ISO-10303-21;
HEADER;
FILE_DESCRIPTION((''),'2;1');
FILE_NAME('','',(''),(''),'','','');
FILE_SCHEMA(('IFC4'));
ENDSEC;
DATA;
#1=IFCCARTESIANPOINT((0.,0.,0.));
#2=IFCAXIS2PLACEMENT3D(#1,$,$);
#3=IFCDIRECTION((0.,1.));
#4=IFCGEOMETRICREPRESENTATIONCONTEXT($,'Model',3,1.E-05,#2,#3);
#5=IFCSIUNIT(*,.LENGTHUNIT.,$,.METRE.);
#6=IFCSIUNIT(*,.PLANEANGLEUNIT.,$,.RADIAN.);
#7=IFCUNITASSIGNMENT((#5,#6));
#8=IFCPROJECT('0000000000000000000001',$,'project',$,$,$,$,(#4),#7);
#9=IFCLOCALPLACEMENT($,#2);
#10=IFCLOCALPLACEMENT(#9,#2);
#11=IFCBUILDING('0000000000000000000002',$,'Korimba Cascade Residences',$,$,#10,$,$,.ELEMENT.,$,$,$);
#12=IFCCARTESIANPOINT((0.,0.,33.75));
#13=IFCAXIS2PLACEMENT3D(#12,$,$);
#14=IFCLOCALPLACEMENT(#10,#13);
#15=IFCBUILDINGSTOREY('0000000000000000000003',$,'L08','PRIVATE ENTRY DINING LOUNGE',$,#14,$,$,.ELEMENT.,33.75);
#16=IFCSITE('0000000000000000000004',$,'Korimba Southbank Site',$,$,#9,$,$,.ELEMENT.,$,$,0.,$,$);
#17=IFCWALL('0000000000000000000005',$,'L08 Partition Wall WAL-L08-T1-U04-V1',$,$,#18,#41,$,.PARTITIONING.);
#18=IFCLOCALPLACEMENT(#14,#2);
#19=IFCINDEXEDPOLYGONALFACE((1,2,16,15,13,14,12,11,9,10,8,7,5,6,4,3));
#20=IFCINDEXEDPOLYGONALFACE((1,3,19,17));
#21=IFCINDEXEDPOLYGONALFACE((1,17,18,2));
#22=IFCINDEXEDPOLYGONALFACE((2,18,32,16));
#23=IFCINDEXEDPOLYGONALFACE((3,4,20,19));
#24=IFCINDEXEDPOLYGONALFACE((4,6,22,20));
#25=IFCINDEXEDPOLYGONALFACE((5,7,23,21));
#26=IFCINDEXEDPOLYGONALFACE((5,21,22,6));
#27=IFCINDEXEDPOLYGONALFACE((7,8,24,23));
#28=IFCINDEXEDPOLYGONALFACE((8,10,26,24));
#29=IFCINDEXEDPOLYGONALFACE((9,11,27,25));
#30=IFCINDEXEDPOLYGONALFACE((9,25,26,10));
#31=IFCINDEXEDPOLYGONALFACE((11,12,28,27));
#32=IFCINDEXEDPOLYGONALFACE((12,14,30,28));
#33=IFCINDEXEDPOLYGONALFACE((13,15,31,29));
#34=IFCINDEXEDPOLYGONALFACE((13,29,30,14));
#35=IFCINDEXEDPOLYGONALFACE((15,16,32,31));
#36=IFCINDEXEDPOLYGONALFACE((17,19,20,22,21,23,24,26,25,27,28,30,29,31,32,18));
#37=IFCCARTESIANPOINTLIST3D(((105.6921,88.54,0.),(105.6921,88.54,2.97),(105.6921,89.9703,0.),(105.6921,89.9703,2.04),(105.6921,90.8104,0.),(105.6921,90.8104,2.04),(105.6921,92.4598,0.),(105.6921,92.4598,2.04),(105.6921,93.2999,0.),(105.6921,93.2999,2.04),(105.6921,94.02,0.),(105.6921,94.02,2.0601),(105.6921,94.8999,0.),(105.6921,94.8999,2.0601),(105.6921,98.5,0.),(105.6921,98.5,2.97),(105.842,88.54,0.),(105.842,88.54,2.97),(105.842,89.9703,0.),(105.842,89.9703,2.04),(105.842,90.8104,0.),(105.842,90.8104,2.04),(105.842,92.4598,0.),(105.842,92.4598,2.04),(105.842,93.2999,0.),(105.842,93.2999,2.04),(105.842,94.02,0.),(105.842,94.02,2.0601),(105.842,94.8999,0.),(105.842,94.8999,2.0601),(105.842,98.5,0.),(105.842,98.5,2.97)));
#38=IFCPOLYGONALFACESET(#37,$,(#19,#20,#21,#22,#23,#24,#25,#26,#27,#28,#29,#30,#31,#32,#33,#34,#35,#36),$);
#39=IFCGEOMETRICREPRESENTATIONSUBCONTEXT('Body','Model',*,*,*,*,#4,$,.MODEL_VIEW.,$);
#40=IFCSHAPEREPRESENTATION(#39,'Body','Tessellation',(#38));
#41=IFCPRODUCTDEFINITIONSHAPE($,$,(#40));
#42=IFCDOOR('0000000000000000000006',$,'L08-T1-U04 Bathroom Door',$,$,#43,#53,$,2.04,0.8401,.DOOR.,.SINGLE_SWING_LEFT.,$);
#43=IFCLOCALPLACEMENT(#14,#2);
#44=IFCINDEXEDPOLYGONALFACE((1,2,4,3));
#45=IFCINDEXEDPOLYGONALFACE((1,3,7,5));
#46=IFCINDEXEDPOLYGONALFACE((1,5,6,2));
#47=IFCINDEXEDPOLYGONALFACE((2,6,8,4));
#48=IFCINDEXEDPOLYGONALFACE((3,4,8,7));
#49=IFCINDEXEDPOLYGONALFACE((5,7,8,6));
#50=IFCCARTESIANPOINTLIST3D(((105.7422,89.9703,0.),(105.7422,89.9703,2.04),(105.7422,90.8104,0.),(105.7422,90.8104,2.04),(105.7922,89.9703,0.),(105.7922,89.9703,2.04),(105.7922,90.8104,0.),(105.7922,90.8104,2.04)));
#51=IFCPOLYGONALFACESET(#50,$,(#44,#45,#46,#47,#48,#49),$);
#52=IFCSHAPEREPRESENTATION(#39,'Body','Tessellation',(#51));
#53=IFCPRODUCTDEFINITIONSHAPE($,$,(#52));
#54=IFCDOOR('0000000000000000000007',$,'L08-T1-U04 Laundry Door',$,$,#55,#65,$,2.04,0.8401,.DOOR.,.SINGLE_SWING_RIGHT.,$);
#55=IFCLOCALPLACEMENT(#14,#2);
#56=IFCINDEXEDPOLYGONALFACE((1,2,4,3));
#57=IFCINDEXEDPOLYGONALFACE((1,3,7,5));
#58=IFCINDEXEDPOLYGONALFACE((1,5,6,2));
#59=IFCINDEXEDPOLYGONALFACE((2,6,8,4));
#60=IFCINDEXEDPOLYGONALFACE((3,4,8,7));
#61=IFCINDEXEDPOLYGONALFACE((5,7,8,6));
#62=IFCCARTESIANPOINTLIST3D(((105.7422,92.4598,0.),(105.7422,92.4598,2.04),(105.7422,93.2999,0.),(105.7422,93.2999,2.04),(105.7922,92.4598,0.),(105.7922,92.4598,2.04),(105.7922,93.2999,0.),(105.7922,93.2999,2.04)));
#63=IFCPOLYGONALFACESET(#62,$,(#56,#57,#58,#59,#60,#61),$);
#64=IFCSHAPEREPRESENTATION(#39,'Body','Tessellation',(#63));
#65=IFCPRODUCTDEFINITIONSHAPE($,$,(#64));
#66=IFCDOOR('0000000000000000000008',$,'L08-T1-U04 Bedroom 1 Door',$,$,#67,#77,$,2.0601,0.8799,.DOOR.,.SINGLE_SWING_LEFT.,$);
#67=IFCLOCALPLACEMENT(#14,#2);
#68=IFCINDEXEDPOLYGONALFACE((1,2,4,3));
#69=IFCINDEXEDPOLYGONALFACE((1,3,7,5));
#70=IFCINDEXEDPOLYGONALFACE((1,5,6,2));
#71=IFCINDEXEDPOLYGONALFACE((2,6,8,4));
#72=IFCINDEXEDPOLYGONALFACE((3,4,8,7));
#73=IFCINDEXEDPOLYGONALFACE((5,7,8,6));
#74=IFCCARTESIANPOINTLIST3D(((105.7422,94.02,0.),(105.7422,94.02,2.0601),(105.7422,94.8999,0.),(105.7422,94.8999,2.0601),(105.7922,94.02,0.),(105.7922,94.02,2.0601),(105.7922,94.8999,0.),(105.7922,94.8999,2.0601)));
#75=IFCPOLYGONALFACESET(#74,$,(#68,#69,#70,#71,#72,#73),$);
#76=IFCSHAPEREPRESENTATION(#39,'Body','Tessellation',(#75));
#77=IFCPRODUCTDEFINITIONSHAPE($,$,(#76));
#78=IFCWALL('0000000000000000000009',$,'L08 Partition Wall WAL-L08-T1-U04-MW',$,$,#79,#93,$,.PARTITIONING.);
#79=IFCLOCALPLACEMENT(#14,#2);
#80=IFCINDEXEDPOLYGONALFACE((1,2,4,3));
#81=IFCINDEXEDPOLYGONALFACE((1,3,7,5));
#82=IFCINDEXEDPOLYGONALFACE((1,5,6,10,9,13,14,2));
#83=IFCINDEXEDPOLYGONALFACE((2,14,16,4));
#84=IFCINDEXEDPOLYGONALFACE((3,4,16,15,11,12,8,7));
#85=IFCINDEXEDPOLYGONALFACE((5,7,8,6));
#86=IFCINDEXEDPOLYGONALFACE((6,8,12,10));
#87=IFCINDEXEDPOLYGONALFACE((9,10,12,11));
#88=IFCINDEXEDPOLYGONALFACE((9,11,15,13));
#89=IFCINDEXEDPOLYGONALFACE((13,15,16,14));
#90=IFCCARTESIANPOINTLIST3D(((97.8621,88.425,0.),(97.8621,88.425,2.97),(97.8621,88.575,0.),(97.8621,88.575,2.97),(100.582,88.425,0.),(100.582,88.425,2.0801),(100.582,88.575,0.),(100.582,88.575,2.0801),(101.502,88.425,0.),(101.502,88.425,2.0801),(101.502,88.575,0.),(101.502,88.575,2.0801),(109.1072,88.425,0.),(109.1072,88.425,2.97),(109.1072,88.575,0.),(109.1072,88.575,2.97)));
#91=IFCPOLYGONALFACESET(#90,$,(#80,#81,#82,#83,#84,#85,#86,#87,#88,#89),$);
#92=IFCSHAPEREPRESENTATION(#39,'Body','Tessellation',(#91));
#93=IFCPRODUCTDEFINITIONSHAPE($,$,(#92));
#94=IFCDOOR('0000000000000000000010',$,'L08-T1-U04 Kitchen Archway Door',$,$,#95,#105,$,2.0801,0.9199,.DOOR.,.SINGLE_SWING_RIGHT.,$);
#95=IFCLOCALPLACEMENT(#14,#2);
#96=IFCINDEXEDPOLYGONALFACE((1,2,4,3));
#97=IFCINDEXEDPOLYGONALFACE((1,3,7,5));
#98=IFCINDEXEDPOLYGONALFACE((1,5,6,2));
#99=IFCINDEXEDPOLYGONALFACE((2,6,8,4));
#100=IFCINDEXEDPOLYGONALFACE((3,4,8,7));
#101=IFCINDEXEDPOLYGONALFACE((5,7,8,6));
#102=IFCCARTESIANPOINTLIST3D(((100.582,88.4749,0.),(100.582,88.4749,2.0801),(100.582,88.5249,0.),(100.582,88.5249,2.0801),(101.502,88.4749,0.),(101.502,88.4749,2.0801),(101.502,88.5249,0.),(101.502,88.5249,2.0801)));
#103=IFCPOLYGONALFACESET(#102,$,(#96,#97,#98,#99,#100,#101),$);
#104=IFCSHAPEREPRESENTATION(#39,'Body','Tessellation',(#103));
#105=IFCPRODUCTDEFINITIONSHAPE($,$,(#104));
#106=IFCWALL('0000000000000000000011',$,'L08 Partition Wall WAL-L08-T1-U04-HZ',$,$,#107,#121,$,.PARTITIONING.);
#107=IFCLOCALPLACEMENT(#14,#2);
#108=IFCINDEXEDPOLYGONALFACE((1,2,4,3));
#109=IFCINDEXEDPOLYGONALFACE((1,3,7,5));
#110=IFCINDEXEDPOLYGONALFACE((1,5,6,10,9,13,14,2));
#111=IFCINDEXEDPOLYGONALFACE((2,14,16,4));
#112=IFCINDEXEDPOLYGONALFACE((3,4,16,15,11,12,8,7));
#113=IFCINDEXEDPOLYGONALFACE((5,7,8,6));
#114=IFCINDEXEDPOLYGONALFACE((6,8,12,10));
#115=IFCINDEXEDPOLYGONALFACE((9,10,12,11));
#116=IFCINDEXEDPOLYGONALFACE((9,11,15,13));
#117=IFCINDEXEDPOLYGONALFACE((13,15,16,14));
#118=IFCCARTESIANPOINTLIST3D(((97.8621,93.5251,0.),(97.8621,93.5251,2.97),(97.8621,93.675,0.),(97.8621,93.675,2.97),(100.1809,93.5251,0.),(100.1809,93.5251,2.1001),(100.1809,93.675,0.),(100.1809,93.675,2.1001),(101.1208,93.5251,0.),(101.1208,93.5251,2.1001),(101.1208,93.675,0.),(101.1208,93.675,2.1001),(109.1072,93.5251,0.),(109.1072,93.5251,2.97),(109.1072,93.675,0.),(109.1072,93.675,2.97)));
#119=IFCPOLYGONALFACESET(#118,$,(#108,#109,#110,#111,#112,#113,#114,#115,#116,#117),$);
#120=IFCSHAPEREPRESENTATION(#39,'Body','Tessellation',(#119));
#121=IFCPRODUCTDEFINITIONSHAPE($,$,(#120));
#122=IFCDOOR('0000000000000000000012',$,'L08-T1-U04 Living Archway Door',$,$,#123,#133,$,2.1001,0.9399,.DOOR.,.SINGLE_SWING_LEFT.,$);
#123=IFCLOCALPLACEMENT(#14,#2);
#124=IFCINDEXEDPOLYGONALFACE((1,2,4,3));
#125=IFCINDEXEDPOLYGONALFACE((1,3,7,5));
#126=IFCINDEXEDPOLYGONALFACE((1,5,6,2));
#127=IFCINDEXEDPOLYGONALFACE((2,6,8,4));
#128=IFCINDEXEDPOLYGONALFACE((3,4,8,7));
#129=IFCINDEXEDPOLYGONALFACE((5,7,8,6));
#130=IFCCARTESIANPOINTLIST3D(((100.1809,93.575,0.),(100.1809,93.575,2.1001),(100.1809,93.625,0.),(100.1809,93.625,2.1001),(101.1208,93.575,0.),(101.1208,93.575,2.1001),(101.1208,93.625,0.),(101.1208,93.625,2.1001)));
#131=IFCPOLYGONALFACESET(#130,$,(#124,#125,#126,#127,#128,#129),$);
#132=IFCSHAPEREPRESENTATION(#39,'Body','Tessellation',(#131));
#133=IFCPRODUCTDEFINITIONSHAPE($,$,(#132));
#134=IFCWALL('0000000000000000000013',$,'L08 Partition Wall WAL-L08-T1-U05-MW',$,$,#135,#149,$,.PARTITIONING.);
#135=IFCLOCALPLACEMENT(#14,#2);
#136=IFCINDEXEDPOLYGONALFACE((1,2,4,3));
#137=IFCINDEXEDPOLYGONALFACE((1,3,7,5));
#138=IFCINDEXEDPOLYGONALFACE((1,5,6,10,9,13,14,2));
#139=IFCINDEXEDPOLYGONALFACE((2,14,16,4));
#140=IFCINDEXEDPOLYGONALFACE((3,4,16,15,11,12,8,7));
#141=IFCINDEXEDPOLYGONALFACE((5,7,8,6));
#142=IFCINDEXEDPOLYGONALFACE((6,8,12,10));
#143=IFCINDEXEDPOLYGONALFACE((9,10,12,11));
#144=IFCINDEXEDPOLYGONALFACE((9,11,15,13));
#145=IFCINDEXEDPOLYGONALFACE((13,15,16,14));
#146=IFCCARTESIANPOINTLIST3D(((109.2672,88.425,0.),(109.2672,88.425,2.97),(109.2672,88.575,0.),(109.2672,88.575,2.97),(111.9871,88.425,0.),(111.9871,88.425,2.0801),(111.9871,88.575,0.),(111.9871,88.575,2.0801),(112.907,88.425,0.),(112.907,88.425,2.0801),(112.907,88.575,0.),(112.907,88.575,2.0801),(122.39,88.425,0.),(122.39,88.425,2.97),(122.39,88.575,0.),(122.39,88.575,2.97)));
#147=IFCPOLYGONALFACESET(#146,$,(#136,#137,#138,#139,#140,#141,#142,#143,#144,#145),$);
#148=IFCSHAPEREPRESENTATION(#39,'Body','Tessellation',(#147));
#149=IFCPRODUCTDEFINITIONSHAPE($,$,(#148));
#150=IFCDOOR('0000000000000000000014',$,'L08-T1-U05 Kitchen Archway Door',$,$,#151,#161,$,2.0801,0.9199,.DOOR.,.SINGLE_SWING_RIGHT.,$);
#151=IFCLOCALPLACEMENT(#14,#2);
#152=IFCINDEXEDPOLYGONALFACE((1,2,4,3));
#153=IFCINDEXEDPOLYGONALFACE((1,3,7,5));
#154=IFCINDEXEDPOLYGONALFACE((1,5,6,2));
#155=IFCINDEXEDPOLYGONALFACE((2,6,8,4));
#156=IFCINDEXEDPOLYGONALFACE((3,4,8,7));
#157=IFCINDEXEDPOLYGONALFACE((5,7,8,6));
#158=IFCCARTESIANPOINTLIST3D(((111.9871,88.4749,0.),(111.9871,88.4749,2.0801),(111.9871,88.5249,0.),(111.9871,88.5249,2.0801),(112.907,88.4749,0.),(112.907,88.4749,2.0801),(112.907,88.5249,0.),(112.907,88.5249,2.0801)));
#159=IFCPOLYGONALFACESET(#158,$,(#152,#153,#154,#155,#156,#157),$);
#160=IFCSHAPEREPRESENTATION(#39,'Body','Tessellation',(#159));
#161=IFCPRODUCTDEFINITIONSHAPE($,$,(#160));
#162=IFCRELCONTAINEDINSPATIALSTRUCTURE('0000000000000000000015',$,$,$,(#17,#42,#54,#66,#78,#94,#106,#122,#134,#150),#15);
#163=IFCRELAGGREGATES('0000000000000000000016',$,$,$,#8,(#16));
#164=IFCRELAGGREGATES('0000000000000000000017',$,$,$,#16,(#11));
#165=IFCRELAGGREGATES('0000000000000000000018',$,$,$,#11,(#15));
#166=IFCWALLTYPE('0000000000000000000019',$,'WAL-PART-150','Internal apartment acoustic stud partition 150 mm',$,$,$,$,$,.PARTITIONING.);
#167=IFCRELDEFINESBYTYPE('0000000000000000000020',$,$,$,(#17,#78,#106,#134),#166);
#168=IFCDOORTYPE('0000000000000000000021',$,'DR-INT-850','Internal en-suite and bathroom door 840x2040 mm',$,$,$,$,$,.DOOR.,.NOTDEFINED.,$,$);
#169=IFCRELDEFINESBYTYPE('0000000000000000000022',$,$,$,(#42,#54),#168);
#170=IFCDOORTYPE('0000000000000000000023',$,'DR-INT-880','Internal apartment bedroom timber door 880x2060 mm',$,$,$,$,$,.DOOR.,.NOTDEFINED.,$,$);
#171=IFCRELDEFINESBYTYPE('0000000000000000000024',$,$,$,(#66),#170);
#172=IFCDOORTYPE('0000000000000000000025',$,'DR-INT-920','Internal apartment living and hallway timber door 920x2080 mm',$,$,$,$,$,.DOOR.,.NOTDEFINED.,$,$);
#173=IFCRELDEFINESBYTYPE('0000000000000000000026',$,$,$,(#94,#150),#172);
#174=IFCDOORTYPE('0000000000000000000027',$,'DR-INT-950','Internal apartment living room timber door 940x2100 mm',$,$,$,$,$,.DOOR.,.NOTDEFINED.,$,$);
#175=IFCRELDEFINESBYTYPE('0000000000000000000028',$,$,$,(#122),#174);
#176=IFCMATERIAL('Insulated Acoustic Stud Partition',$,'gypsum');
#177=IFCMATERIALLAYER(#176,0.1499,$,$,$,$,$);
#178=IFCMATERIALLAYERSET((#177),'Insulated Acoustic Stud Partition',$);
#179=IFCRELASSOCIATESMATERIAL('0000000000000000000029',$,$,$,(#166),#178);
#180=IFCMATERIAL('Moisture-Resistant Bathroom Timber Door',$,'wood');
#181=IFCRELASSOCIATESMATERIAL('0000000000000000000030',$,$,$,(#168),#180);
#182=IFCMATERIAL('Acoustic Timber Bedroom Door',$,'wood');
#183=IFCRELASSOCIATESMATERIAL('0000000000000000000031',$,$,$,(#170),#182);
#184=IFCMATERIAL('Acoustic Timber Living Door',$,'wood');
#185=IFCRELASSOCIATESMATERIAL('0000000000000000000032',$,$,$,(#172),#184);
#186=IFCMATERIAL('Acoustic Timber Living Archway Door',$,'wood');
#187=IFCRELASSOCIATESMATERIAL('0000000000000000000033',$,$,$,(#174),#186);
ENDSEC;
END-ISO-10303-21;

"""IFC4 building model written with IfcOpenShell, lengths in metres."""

from ifc_helpers import new_model, si_unit, direction, frame, frame_2d, origin, place, context, subcontext, project, spatial, rectangle, extrude, material, layer, layer_set, type_object, element, fill, save


model = new_model("IFC4")

# Units and contexts
model_context = context("Model", 3, precision=1e-05, world=origin(), true_north=direction((0.0, 1.0)))
body_context = subcontext(model_context, "Body", "Model", "MODEL_VIEW")
ifc_project = project(units=[si_unit("LENGTHUNIT", "METRE"), si_unit("PLANEANGLEUNIT", "RADIAN")], contexts=[model_context])

# Site, building, storey
site_placement = place(None, origin())
site = spatial("IfcSite", under=ifc_project, at=site_placement, Name="Korimba Southbank Site", CompositionType="ELEMENT", RefElevation=0.0)
building_placement = place(site_placement, origin())
building = spatial("IfcBuilding", under=site, at=building_placement, Name="Korimba Cascade Residences", CompositionType="ELEMENT")
storey_placement = place(building_placement, frame((0.0, 0.0, 33.75)))
storey = spatial("IfcBuildingStorey", under=building, at=storey_placement, Name="L08", Description="PRIVATE ENTRY DINING LOUNGE", CompositionType="ELEMENT", Elevation=33.75)

# Shared definitions
ifc_material_1 = material(Name="Insulated Acoustic Stud Partition", Category="gypsum")
ifc_layer = layer(ifc_material_1, 0.1499)
ifc_layer_set = layer_set([ifc_layer], Name="Insulated Acoustic Stud Partition")
wall_type = type_object("IfcWallType", Name="WAL-PART-150", Description="Internal apartment acoustic stud partition 150 mm", PredefinedType="PARTITIONING", material=ifc_layer_set)

# Wall, openings, doors
wall_1_placement = place(storey_placement, frame((105.7671, 88.54, 0.0), z_axis=(0.0, 0.0, 1.0), x_axis=(0.0, 1.0, 0.0)))
wall_1 = element("IfcWall", 1, at=wall_1_placement, inside=storey, type_object=wall_type, Name="L08 Partition Wall WAL-L08-T1-U04-V1", PredefinedType="PARTITIONING", context=body_context, shape_type="SweptSolid", body=[
    extrude(rectangle(XDim=9.96, YDim=0.1499, at=frame_2d((4.98, 0.0))), origin(), (0.0, 0.0, 1.0), 2.97),
])
opening_1_placement = place(wall_1_placement, frame((1.4304, 0.0, 0.0)))
opening_1 = element("IfcOpeningElement", 2, at=opening_1_placement, cuts=wall_1, PredefinedType="OPENING", context=body_context, shape_type="SweptSolid", body=[
    extrude(rectangle(XDim=0.8401, YDim=2.04, at=frame_2d((0.4199, 1.02))), frame((0.0, 0.085, 0.0), z_axis=(0.0, -1.0, 0.0), x_axis=(1.0, 0.0, 0.0)), (0.0, 0.0, 1.0), 0.1699),
])
opening_2_placement = place(wall_1_placement, frame((3.9199, 0.0, 0.0)))
opening_2 = element("IfcOpeningElement", 3, at=opening_2_placement, cuts=wall_1, PredefinedType="OPENING", context=body_context, shape_type="SweptSolid", body=[
    extrude(rectangle(XDim=0.8401, YDim=2.04, at=frame_2d((0.4199, 1.02))), frame((0.0, 0.085, 0.0), z_axis=(0.0, -1.0, 0.0), x_axis=(1.0, 0.0, 0.0)), (0.0, 0.0, 1.0), 0.1699),
])
opening_3_placement = place(wall_1_placement, frame((5.48, 0.0, 0.0)))
opening_3 = element("IfcOpeningElement", 4, at=opening_3_placement, cuts=wall_1, PredefinedType="OPENING", context=body_context, shape_type="SweptSolid", body=[
    extrude(rectangle(XDim=0.8799, YDim=2.0601, at=frame_2d((0.4399, 1.03))), frame((0.0, 0.085, 0.0), z_axis=(0.0, -1.0, 0.0), x_axis=(1.0, 0.0, 0.0)), (0.0, 0.0, 1.0), 0.1699),
])
ifc_material_2 = material(Name="Moisture-Resistant Bathroom Timber Door", Category="wood")
door_type_1 = type_object("IfcDoorType", Name="DR-INT-850", Description="Internal en-suite and bathroom door 840x2040 mm", OperationType="NOTDEFINED", PredefinedType="DOOR", material=ifc_material_2)
door_1_placement = place(opening_1_placement, origin())
door_1 = element("IfcDoor", 5, at=door_1_placement, inside=storey, type_object=door_type_1, Name="L08-T1-U04 Bathroom Door", OperationType="SINGLE_SWING_LEFT", OverallHeight=2.04, OverallWidth=0.8401, PredefinedType="DOOR", context=body_context, shape_type="SweptSolid", body=[
    extrude(rectangle(XDim=0.8401, YDim=2.04, at=frame_2d((0.4199, 1.02))), frame((0.0, 0.0249, 0.0), z_axis=(0.0, -1.0, 0.0), x_axis=(1.0, 0.0, 0.0)), (0.0, 0.0, 1.0), 0.05),
])
fill(opening_1, door_1)
door_2_placement = place(opening_2_placement, origin())
door_2 = element("IfcDoor", 6, at=door_2_placement, inside=storey, type_object=door_type_1, Name="L08-T1-U04 Laundry Door", OperationType="SINGLE_SWING_RIGHT", OverallHeight=2.04, OverallWidth=0.8401, PredefinedType="DOOR", context=body_context, shape_type="SweptSolid", body=[
    extrude(rectangle(XDim=0.8401, YDim=2.04, at=frame_2d((0.4199, 1.02))), frame((0.0, 0.0249, 0.0), z_axis=(0.0, -1.0, 0.0), x_axis=(1.0, 0.0, 0.0)), (0.0, 0.0, 1.0), 0.05),
])
fill(opening_2, door_2)
ifc_material_3 = material(Name="Acoustic Timber Bedroom Door", Category="wood")
door_type_2 = type_object("IfcDoorType", Name="DR-INT-880", Description="Internal apartment bedroom timber door 880x2060 mm", OperationType="NOTDEFINED", PredefinedType="DOOR", material=ifc_material_3)
door_3_placement = place(opening_3_placement, origin())
door_3 = element("IfcDoor", 7, at=door_3_placement, inside=storey, type_object=door_type_2, Name="L08-T1-U04 Bedroom 1 Door", OperationType="SINGLE_SWING_LEFT", OverallHeight=2.0601, OverallWidth=0.8799, PredefinedType="DOOR", context=body_context, shape_type="SweptSolid", body=[
    extrude(rectangle(XDim=0.8799, YDim=2.0601, at=frame_2d((0.4399, 1.03))), frame((0.0, 0.0249, 0.0), z_axis=(0.0, -1.0, 0.0), x_axis=(1.0, 0.0, 0.0)), (0.0, 0.0, 1.0), 0.05),
])
fill(opening_3, door_3)

# Walls, openings, doors
wall_2_placement = place(storey_placement, frame((97.8621, 88.5, 0.0), z_axis=(0.0, 0.0, 1.0), x_axis=(1.0, 0.0, 0.0)))
wall_2 = element("IfcWall", 8, at=wall_2_placement, inside=storey, type_object=wall_type, Name="L08 Partition Wall WAL-L08-T1-U04-MW", PredefinedType="PARTITIONING", context=body_context, shape_type="SweptSolid", body=[
    extrude(rectangle(XDim=11.2451, YDim=0.1499, at=frame_2d((5.6226, 0.0))), origin(), (0.0, 0.0, 1.0), 2.97),
])
opening_4_placement = place(wall_2_placement, frame((2.72, 0.0, 0.0)))
opening_4 = element("IfcOpeningElement", 9, at=opening_4_placement, cuts=wall_2, PredefinedType="OPENING", context=body_context, shape_type="SweptSolid", body=[
    extrude(rectangle(XDim=0.9199, YDim=2.0801, at=frame_2d((0.46, 1.04))), frame((0.0, 0.085, 0.0), z_axis=(0.0, -1.0, 0.0), x_axis=(1.0, 0.0, 0.0)), (0.0, 0.0, 1.0), 0.1699),
])
ifc_material_4 = material(Name="Acoustic Timber Living Door", Category="wood")
door_type_3 = type_object("IfcDoorType", Name="DR-INT-920", Description="Internal apartment living and hallway timber door 920x2080 mm", OperationType="NOTDEFINED", PredefinedType="DOOR", material=ifc_material_4)
door_4_placement = place(opening_4_placement, origin())
door_4 = element("IfcDoor", 10, at=door_4_placement, inside=storey, type_object=door_type_3, Name="L08-T1-U04 Kitchen Archway Door", OperationType="SINGLE_SWING_RIGHT", OverallHeight=2.0801, OverallWidth=0.9199, PredefinedType="DOOR", context=body_context, shape_type="SweptSolid", body=[
    extrude(rectangle(XDim=0.9199, YDim=2.0801, at=frame_2d((0.46, 1.04))), frame((0.0, 0.0249, 0.0), z_axis=(0.0, -1.0, 0.0), x_axis=(1.0, 0.0, 0.0)), (0.0, 0.0, 1.0), 0.05),
])
fill(opening_4, door_4)
wall_3_placement = place(storey_placement, frame((97.8621, 93.6001, 0.0), z_axis=(0.0, 0.0, 1.0), x_axis=(1.0, 0.0, 0.0)))
wall_3 = element("IfcWall", 11, at=wall_3_placement, inside=storey, type_object=wall_type, Name="L08 Partition Wall WAL-L08-T1-U04-HZ", PredefinedType="PARTITIONING", context=body_context, shape_type="SweptSolid", body=[
    extrude(rectangle(XDim=11.2451, YDim=0.1499, at=frame_2d((5.6226, 0.0))), origin(), (0.0, 0.0, 1.0), 2.97),
])
opening_5_placement = place(wall_3_placement, frame((2.3188, 0.0, 0.0)))
opening_5 = element("IfcOpeningElement", 12, at=opening_5_placement, cuts=wall_3, PredefinedType="OPENING", context=body_context, shape_type="SweptSolid", body=[
    extrude(rectangle(XDim=0.9399, YDim=2.1001, at=frame_2d((0.47, 1.05))), frame((0.0, 0.085, 0.0), z_axis=(0.0, -1.0, 0.0), x_axis=(1.0, 0.0, 0.0)), (0.0, 0.0, 1.0), 0.1699),
])
ifc_material_5 = material(Name="Acoustic Timber Living Archway Door", Category="wood")
door_type_4 = type_object("IfcDoorType", Name="DR-INT-950", Description="Internal apartment living room timber door 940x2100 mm", OperationType="NOTDEFINED", PredefinedType="DOOR", material=ifc_material_5)
door_5_placement = place(opening_5_placement, origin())
door_5 = element("IfcDoor", 13, at=door_5_placement, inside=storey, type_object=door_type_4, Name="L08-T1-U04 Living Archway Door", OperationType="SINGLE_SWING_LEFT", OverallHeight=2.1001, OverallWidth=0.9399, PredefinedType="DOOR", context=body_context, shape_type="SweptSolid", body=[
    extrude(rectangle(XDim=0.9399, YDim=2.1001, at=frame_2d((0.47, 1.05))), frame((0.0, 0.0249, 0.0), z_axis=(0.0, -1.0, 0.0), x_axis=(1.0, 0.0, 0.0)), (0.0, 0.0, 1.0), 0.05),
])
fill(opening_5, door_5)
wall_4_placement = place(storey_placement, frame((109.2671, 88.5, 0.0), z_axis=(0.0, 0.0, 1.0), x_axis=(1.0, 0.0, 0.0)))
wall_4 = element("IfcWall", 14, at=wall_4_placement, inside=storey, type_object=wall_type, Name="L08 Partition Wall WAL-L08-T1-U05-MW", PredefinedType="PARTITIONING", context=body_context, shape_type="SweptSolid", body=[
    extrude(rectangle(XDim=13.1228, YDim=0.1499, at=frame_2d((6.5615, 0.0))), origin(), (0.0, 0.0, 1.0), 2.97),
])
opening_6_placement = place(wall_4_placement, frame((2.72, 0.0, 0.0)))
opening_6 = element("IfcOpeningElement", 15, at=opening_6_placement, cuts=wall_4, PredefinedType="OPENING", context=body_context, shape_type="SweptSolid", body=[
    extrude(rectangle(XDim=0.9199, YDim=2.0801, at=frame_2d((0.46, 1.04))), frame((0.0, 0.085, 0.0), z_axis=(0.0, -1.0, 0.0), x_axis=(1.0, 0.0, 0.0)), (0.0, 0.0, 1.0), 0.1699),
])
door_6_placement = place(opening_6_placement, origin())
door_6 = element("IfcDoor", 16, at=door_6_placement, inside=storey, type_object=door_type_3, Name="L08-T1-U05 Kitchen Archway Door", OperationType="SINGLE_SWING_RIGHT", OverallHeight=2.0801, OverallWidth=0.9199, PredefinedType="DOOR", context=body_context, shape_type="SweptSolid", body=[
    extrude(rectangle(XDim=0.9199, YDim=2.0801, at=frame_2d((0.46, 1.04))), frame((0.0, 0.0249, 0.0), z_axis=(0.0, -1.0, 0.0), x_axis=(1.0, 0.0, 0.0)), (0.0, 0.0, 1.0), 0.05),
])
fill(opening_6, door_6)

save(model, "model.ifc")
